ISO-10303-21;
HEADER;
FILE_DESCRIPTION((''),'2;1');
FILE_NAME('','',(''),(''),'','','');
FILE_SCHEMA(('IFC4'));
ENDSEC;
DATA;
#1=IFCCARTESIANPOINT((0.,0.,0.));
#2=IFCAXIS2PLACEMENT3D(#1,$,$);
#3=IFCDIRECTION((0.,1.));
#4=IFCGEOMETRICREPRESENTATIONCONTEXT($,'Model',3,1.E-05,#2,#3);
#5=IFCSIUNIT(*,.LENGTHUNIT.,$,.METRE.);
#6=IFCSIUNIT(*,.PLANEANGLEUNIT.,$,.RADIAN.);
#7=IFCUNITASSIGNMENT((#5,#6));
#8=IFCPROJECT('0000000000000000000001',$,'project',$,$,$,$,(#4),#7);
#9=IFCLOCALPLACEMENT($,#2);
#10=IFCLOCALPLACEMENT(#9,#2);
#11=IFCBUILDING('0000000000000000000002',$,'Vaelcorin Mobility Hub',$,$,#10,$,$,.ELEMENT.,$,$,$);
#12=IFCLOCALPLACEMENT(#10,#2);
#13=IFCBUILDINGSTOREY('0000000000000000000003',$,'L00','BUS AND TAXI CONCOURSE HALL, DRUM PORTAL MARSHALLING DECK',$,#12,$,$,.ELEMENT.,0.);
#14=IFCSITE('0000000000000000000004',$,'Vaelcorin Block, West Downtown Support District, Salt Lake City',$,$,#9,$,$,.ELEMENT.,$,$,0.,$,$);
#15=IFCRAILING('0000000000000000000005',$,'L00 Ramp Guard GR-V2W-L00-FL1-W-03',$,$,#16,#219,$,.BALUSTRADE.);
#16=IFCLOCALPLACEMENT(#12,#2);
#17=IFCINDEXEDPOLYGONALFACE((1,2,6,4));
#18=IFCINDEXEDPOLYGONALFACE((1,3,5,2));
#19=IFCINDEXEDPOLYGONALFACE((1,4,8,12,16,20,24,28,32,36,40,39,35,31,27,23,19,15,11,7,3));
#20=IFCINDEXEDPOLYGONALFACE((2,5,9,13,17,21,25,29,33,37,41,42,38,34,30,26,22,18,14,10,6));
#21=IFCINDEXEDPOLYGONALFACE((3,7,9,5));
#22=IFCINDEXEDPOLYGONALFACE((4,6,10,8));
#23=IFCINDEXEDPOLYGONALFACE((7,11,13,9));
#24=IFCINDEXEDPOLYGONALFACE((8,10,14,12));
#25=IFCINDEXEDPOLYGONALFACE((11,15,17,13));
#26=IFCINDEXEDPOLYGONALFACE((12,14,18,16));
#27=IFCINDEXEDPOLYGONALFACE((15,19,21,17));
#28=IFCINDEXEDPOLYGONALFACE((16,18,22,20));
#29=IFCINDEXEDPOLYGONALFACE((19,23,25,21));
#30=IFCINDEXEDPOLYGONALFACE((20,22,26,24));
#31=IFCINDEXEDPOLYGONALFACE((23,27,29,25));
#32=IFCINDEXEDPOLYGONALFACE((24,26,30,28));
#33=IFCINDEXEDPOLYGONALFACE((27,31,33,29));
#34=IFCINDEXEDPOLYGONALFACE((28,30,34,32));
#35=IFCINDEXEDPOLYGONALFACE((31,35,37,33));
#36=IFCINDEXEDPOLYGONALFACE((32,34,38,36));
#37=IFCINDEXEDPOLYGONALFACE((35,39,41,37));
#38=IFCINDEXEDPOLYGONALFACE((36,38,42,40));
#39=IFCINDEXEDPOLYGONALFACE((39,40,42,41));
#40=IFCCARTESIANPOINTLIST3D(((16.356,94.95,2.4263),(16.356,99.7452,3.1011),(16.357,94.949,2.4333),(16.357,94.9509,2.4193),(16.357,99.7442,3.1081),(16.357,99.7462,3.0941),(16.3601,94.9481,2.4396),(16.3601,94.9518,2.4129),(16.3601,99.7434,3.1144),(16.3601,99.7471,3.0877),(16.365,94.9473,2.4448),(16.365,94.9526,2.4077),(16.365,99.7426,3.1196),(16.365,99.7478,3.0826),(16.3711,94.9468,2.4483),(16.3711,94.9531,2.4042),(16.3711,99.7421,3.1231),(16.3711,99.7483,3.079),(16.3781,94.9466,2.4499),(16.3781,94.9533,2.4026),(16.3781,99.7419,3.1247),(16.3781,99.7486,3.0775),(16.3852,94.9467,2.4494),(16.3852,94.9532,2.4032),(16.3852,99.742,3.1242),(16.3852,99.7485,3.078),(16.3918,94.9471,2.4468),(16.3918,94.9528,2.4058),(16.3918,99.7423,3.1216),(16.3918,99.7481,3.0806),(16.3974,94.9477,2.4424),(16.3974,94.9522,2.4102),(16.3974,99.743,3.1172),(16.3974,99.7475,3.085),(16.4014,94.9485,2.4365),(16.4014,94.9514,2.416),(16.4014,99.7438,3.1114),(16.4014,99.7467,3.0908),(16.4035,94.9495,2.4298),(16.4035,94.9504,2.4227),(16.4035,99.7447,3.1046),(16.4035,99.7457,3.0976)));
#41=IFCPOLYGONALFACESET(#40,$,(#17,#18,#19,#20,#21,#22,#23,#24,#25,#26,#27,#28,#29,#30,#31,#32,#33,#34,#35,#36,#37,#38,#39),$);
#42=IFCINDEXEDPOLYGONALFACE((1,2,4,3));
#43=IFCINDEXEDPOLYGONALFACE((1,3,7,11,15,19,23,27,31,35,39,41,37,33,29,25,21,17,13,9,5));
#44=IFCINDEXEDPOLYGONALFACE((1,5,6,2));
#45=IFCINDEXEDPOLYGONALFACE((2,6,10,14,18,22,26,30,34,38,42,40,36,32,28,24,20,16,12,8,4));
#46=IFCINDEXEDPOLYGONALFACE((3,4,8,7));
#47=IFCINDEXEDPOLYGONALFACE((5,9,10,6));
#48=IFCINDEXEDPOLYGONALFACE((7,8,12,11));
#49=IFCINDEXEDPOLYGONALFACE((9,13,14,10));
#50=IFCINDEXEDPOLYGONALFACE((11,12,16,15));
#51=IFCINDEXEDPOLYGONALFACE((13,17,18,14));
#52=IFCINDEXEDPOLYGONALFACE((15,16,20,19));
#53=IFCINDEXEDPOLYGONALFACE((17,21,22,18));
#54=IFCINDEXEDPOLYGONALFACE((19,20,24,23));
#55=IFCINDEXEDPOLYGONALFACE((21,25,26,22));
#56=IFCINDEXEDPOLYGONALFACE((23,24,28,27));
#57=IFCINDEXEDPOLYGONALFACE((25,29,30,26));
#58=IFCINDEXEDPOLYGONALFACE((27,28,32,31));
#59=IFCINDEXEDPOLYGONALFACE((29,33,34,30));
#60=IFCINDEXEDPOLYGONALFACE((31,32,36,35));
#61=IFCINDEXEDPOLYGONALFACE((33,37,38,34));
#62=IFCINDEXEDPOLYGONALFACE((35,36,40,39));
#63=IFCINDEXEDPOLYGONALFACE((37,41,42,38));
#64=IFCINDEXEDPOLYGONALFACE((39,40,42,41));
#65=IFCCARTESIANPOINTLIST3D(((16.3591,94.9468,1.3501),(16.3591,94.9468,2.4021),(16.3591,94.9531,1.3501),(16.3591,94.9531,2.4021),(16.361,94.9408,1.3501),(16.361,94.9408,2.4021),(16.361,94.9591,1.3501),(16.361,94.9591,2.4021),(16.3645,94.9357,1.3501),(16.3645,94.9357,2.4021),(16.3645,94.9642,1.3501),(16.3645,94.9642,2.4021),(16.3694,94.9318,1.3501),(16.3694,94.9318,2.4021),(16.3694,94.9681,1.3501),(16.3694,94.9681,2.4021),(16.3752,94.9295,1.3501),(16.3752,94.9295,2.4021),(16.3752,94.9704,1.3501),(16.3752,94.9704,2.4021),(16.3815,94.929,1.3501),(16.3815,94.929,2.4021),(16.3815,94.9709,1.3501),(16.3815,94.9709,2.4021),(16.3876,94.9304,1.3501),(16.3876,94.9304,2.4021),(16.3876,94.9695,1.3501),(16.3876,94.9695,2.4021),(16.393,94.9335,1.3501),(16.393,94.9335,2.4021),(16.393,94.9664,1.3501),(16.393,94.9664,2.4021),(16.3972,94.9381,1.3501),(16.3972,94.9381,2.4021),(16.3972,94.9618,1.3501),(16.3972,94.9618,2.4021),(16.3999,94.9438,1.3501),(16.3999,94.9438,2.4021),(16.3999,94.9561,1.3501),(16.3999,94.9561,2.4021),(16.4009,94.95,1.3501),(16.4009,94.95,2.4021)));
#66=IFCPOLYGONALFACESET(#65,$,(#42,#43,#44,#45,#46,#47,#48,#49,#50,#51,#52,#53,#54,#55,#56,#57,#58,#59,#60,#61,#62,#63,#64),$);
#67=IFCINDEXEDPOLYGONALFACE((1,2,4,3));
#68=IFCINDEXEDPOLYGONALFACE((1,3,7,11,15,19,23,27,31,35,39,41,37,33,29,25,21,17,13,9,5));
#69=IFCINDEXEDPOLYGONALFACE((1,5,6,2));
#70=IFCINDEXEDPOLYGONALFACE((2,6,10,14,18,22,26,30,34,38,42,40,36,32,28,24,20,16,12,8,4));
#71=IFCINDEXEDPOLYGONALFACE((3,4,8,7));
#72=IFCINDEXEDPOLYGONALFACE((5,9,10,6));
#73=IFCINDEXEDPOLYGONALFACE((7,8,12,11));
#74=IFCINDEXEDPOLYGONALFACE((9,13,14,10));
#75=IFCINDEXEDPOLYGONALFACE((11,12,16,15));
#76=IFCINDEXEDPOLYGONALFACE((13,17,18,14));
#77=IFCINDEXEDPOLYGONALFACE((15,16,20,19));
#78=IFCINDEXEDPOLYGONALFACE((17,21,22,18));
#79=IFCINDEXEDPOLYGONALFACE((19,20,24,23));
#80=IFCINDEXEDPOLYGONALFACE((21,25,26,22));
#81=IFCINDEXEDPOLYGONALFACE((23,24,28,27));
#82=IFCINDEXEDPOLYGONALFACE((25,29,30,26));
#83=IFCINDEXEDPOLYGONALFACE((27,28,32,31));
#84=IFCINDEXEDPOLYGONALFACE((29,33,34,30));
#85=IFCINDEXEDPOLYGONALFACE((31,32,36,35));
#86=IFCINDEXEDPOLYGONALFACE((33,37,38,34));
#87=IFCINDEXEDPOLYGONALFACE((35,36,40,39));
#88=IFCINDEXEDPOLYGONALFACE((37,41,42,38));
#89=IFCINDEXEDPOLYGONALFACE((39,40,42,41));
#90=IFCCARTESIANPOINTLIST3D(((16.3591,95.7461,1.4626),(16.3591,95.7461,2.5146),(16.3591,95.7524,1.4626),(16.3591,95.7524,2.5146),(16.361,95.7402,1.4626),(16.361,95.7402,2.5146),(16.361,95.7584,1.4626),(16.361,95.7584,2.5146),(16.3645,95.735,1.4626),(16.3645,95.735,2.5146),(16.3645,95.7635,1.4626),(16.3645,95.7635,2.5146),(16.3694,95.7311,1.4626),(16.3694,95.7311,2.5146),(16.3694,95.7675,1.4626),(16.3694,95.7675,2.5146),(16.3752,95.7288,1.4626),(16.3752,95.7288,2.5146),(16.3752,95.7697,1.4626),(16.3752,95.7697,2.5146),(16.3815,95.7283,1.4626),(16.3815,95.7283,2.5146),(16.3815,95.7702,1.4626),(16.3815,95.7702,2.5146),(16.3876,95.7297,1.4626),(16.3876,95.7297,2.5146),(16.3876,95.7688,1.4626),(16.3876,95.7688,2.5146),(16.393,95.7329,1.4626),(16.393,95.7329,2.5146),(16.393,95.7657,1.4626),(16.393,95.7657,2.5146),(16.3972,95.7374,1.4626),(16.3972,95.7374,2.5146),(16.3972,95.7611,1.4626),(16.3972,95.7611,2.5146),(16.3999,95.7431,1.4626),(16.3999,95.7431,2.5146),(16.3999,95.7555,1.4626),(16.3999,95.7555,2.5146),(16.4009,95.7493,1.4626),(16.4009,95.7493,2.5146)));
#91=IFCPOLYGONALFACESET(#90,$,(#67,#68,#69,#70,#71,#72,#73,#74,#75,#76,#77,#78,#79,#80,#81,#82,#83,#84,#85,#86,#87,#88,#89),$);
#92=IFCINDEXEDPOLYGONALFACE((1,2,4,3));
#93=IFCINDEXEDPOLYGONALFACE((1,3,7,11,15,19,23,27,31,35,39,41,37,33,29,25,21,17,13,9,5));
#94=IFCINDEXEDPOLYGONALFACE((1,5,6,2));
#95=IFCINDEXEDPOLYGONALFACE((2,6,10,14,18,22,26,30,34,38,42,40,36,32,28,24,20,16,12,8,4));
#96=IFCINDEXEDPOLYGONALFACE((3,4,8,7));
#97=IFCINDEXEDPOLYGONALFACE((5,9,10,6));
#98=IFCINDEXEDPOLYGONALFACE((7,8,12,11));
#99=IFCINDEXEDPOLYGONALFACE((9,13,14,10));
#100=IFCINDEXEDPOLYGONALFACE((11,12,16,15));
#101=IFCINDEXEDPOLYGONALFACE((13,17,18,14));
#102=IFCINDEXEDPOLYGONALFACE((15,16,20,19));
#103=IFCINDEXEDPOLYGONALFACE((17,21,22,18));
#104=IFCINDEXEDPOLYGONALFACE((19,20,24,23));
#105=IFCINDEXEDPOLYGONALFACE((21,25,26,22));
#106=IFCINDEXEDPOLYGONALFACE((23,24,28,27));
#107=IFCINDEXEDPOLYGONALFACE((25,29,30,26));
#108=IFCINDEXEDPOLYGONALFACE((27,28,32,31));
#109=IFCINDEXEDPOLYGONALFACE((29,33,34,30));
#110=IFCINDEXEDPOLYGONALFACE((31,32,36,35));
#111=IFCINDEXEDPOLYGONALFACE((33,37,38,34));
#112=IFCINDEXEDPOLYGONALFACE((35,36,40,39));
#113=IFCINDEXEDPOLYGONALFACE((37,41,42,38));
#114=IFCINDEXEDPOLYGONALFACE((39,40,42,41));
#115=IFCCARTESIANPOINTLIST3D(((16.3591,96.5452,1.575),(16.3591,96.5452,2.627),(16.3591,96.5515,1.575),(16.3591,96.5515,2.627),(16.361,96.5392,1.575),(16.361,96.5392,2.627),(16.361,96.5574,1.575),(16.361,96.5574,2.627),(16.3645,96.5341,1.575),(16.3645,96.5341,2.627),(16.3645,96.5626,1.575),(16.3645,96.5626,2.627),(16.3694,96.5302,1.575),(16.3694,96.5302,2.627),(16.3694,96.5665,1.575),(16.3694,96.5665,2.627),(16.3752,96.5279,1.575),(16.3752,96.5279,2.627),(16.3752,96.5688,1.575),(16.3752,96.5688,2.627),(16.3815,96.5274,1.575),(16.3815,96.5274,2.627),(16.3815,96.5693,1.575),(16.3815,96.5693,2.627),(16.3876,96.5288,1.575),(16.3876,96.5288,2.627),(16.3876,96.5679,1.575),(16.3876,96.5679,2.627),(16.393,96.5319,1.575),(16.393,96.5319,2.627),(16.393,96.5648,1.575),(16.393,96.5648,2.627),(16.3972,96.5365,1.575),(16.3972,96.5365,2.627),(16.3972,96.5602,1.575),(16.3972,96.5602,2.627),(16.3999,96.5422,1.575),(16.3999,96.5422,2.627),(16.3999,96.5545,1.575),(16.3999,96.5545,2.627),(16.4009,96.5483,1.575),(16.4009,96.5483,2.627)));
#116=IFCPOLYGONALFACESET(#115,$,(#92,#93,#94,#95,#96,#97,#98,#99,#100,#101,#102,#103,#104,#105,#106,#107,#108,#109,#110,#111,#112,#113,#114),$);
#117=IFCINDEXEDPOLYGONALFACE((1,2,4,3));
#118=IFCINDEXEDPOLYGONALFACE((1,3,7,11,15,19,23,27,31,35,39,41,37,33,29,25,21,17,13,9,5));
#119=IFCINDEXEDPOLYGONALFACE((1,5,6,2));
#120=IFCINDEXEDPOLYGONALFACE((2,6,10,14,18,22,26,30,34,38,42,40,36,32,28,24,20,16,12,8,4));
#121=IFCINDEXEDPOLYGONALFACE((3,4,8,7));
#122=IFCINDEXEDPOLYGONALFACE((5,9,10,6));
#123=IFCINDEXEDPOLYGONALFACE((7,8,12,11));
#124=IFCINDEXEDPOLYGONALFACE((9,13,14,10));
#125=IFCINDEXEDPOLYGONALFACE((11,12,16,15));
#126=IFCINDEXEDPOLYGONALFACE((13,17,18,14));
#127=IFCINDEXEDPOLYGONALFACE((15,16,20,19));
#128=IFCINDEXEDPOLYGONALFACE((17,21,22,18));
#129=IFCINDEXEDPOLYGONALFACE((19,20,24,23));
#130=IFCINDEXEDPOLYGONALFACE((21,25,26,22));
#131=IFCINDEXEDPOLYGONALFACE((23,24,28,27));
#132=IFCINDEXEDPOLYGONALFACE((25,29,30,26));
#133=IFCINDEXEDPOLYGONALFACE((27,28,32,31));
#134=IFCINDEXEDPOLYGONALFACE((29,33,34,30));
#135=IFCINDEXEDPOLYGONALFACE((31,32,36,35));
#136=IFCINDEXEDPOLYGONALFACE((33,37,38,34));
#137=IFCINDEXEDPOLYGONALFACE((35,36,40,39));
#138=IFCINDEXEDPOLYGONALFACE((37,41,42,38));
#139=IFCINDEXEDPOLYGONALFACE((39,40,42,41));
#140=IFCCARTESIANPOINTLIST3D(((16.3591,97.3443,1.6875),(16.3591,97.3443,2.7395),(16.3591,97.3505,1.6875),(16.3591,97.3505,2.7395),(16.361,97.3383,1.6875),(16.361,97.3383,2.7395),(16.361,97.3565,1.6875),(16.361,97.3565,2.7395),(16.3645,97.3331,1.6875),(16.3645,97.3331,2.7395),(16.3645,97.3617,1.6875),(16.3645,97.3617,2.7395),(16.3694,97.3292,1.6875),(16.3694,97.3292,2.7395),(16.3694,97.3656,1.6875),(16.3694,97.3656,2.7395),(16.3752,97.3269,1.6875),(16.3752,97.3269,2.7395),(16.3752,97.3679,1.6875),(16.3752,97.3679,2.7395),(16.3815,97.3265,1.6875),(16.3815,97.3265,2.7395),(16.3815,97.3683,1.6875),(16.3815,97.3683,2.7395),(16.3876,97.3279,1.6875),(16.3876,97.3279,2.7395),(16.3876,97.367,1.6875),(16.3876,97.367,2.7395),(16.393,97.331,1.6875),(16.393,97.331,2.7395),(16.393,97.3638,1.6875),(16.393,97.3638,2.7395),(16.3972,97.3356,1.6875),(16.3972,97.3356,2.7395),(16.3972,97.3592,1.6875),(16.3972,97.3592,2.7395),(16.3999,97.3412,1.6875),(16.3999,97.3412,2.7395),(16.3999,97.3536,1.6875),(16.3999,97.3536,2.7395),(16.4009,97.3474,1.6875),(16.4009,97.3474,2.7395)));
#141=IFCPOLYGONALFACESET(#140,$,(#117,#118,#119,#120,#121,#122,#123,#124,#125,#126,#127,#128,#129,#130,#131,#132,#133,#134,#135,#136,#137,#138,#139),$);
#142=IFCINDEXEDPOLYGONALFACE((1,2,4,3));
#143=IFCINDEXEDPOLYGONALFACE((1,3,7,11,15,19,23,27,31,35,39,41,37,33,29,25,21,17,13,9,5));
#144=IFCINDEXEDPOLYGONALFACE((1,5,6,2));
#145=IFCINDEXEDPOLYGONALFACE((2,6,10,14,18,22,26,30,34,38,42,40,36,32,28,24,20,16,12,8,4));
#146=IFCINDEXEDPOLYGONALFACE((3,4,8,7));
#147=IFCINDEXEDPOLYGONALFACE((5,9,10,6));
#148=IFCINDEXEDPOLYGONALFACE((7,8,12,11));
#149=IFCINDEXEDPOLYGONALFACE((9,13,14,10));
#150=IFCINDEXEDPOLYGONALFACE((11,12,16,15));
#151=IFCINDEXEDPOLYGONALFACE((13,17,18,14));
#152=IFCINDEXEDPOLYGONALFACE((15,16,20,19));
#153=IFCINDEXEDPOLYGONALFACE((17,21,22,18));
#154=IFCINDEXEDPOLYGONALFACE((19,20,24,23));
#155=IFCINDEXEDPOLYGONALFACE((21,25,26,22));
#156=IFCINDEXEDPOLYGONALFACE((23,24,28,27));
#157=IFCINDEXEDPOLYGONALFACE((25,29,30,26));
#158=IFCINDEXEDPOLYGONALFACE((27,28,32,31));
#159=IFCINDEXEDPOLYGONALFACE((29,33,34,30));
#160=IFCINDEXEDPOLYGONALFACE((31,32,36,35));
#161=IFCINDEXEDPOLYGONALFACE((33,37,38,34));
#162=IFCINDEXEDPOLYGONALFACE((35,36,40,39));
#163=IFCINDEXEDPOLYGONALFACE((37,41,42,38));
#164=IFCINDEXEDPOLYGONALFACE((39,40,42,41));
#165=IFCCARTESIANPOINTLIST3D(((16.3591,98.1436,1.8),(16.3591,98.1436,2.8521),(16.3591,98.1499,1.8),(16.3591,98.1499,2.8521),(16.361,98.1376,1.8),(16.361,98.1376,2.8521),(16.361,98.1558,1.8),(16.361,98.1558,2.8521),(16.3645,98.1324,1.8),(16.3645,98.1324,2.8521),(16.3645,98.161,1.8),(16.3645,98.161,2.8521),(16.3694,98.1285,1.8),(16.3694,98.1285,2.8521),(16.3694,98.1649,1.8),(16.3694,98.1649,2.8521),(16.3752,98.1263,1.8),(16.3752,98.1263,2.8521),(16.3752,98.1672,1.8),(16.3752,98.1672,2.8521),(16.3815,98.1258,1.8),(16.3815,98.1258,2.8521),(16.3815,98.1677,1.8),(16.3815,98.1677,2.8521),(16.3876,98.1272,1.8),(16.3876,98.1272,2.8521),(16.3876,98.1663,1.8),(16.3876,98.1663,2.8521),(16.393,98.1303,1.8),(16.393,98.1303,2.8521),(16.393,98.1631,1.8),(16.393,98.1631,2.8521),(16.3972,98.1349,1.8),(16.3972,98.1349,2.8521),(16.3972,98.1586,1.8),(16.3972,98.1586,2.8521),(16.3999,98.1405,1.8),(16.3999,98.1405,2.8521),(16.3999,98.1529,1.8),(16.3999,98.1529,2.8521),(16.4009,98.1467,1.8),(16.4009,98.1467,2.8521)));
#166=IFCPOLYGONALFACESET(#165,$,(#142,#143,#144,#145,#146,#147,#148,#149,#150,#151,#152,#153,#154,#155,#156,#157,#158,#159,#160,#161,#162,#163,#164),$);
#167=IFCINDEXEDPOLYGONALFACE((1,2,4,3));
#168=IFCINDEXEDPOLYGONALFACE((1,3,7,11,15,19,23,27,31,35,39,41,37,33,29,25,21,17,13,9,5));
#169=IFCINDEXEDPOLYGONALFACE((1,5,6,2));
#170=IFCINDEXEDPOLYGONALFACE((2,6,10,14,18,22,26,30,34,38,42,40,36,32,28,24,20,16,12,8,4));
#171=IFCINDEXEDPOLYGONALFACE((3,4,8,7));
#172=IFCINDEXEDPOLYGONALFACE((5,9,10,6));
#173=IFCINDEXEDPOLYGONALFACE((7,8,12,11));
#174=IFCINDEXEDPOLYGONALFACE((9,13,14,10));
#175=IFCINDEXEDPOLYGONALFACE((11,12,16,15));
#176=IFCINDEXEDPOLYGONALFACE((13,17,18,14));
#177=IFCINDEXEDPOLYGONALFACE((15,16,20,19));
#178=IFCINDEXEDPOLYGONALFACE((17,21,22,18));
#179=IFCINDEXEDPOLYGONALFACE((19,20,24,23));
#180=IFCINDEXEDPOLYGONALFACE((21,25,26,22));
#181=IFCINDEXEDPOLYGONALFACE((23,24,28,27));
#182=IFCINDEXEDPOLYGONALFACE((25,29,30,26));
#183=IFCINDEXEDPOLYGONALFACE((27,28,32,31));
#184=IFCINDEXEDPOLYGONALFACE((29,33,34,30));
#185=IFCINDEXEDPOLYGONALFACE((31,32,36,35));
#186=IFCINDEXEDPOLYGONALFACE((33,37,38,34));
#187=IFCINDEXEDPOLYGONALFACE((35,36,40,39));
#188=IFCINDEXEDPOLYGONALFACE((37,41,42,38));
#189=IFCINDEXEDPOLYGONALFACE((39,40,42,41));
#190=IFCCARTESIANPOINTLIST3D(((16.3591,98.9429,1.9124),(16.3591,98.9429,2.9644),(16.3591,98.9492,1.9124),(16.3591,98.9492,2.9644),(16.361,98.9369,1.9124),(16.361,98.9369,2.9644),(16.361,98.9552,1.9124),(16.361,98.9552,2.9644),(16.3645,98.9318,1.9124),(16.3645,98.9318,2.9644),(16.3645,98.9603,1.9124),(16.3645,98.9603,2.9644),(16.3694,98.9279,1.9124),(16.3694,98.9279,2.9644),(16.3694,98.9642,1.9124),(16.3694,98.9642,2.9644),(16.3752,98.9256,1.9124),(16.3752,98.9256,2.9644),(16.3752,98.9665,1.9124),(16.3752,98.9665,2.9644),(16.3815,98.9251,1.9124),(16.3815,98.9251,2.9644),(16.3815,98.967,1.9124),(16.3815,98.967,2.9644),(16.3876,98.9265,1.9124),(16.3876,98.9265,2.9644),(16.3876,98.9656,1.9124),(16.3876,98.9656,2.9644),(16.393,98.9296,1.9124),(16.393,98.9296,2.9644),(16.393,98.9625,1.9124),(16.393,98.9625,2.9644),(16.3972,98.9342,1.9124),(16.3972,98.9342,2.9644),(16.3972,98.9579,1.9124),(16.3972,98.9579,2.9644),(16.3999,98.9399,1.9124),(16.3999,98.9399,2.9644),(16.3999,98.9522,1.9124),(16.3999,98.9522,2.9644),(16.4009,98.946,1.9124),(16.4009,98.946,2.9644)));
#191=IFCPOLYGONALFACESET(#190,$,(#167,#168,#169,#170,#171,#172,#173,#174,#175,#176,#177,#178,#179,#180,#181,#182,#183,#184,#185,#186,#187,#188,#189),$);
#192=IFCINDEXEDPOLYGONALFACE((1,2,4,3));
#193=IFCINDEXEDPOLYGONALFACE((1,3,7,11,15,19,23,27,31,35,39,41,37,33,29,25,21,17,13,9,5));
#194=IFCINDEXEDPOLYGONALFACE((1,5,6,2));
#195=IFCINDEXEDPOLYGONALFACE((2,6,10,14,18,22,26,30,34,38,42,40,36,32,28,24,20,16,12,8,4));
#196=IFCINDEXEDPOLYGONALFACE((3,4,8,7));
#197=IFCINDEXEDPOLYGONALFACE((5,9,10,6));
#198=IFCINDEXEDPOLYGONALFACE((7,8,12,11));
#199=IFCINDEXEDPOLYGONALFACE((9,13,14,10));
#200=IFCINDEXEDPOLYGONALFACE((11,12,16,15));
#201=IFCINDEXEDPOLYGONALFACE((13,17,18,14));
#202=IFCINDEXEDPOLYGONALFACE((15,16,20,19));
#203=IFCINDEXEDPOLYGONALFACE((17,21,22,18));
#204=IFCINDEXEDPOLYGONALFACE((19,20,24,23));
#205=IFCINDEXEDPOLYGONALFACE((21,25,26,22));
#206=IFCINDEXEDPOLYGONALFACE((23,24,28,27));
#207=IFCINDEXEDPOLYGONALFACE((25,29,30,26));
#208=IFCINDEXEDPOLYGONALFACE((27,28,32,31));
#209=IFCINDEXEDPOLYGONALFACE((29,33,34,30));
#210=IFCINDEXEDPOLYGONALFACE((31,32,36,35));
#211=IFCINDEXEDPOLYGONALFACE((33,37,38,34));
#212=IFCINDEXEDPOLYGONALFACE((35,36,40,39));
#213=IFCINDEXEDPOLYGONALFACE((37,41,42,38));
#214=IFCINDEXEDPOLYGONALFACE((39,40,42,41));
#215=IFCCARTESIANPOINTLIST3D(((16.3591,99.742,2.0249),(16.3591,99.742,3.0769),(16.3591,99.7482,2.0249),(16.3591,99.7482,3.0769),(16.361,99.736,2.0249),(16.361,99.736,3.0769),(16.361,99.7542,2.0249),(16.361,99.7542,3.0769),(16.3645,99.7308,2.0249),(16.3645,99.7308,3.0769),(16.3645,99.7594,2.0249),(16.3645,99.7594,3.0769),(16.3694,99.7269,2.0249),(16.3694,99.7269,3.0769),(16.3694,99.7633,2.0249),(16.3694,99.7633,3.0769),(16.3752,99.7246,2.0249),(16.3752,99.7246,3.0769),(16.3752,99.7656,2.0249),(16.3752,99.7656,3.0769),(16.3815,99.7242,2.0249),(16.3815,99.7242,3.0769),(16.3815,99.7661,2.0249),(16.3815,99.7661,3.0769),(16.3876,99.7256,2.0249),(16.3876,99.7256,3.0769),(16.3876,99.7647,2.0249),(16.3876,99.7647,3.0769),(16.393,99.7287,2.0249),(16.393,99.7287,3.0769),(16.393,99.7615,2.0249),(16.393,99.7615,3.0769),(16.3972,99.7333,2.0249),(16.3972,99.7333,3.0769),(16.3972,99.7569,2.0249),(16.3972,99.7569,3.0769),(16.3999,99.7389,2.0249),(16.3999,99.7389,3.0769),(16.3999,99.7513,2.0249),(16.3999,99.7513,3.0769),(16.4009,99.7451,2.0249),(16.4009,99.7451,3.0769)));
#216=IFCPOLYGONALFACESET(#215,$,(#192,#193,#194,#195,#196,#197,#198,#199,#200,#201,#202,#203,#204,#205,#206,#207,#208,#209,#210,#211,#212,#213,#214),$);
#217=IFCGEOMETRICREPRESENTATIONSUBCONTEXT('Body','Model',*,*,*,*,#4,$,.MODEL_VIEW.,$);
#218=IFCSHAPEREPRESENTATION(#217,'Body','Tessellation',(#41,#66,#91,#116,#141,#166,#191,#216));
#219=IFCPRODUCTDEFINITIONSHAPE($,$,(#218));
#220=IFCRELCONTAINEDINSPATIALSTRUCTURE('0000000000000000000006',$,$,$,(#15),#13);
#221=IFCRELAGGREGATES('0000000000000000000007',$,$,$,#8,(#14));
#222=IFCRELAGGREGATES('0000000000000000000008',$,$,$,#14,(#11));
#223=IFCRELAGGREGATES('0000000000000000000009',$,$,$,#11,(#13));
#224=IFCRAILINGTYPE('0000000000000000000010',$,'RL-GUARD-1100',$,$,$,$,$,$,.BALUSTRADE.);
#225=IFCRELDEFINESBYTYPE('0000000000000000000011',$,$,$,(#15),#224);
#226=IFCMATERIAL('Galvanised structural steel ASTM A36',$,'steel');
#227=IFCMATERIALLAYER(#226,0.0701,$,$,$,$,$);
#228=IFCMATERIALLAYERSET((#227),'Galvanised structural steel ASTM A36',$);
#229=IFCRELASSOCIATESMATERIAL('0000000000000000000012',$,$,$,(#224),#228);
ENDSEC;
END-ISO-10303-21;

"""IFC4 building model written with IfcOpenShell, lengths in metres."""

from ifc_helpers import new_model, si_unit, direction, frame, origin, origin_2d, place, context, subcontext, project, spatial, circle, extrude, material, layer, layer_set, type_object, element, save


model = new_model("IFC4")

# Units and contexts
model_context = context("Model", 3, precision=1e-05, world=origin(), true_north=direction((0.0, 1.0)))
body_context = subcontext(model_context, "Body", "Model", "MODEL_VIEW")
ifc_project = project(units=[si_unit("LENGTHUNIT", "METRE"), si_unit("PLANEANGLEUNIT", "RADIAN")], contexts=[model_context])

# Site, building, storey
site_placement = place(None, origin())
site = spatial("IfcSite", under=ifc_project, at=site_placement, Name="Vaelcorin Block, West Downtown Support District, Salt Lake City", CompositionType="ELEMENT", RefElevation=0.0)
building_placement = place(site_placement, origin())
building = spatial("IfcBuilding", under=site, at=building_placement, Name="Vaelcorin Mobility Hub", CompositionType="ELEMENT")
storey_placement = place(building_placement, origin())
storey = spatial("IfcBuildingStorey", under=building, at=storey_placement, Name="L00", Description="BUS AND TAXI CONCOURSE HALL, DRUM PORTAL MARSHALLING DECK", CompositionType="ELEMENT", Elevation=0.0)

# Railing
ifc_material_1 = material(Name="Galvanised structural steel ASTM A36", Category="steel")
ifc_layer = layer(ifc_material_1, 0.0701)
ifc_layer_set = layer_set([ifc_layer], Name="Galvanised structural steel ASTM A36")
railing_type = type_object("IfcRailingType", Name="RL-GUARD-1100", PredefinedType="BALUSTRADE", material=ifc_layer_set)
railing_1_placement = place(storey_placement, frame((16.3799, 94.95, 1.3501)))
element("IfcRailing", 1, at=railing_1_placement, inside=storey, type_object=railing_type, Name="L00 Ramp Guard GR-V2W-L00-FL1-W-03", PredefinedType="BALUSTRADE", context=body_context, shape_type="SweptSolid", body=[
    extrude(circle(Radius=0.0239, at=origin_2d()), frame((0.0, 0.0, 1.0762), z_axis=(0.0, 0.990243, 0.139353), x_axis=(-1.0, 0.0, 0.0)), (0.0, 0.0, 1.0), 4.8425),
    extrude(circle(Radius=0.021, at=origin_2d()), origin(), (0.0, 0.0, 1.0), 1.052),
    extrude(circle(Radius=0.021, at=origin_2d()), frame((0.0, 0.7993, 0.1125)), (0.0, 0.0, 1.0), 1.052),
    extrude(circle(Radius=0.021, at=origin_2d()), frame((0.0, 1.5984, 0.2249)), (0.0, 0.0, 1.0), 1.052),
    extrude(circle(Radius=0.021, at=origin_2d()), frame((0.0, 2.3975, 0.3374)), (0.0, 0.0, 1.0), 1.052),
    extrude(circle(Radius=0.021, at=origin_2d()), frame((0.0, 3.1968, 0.45)), (0.0, 0.0, 1.0), 1.052),
    extrude(circle(Radius=0.021, at=origin_2d()), frame((0.0, 3.9961, 0.5623)), (0.0, 0.0, 1.0), 1.052),
    extrude(circle(Radius=0.021, at=origin_2d()), frame((0.0, 4.7952, 0.6748)), (0.0, 0.0, 1.0), 1.052),
])

save(model, "model.ifc")
